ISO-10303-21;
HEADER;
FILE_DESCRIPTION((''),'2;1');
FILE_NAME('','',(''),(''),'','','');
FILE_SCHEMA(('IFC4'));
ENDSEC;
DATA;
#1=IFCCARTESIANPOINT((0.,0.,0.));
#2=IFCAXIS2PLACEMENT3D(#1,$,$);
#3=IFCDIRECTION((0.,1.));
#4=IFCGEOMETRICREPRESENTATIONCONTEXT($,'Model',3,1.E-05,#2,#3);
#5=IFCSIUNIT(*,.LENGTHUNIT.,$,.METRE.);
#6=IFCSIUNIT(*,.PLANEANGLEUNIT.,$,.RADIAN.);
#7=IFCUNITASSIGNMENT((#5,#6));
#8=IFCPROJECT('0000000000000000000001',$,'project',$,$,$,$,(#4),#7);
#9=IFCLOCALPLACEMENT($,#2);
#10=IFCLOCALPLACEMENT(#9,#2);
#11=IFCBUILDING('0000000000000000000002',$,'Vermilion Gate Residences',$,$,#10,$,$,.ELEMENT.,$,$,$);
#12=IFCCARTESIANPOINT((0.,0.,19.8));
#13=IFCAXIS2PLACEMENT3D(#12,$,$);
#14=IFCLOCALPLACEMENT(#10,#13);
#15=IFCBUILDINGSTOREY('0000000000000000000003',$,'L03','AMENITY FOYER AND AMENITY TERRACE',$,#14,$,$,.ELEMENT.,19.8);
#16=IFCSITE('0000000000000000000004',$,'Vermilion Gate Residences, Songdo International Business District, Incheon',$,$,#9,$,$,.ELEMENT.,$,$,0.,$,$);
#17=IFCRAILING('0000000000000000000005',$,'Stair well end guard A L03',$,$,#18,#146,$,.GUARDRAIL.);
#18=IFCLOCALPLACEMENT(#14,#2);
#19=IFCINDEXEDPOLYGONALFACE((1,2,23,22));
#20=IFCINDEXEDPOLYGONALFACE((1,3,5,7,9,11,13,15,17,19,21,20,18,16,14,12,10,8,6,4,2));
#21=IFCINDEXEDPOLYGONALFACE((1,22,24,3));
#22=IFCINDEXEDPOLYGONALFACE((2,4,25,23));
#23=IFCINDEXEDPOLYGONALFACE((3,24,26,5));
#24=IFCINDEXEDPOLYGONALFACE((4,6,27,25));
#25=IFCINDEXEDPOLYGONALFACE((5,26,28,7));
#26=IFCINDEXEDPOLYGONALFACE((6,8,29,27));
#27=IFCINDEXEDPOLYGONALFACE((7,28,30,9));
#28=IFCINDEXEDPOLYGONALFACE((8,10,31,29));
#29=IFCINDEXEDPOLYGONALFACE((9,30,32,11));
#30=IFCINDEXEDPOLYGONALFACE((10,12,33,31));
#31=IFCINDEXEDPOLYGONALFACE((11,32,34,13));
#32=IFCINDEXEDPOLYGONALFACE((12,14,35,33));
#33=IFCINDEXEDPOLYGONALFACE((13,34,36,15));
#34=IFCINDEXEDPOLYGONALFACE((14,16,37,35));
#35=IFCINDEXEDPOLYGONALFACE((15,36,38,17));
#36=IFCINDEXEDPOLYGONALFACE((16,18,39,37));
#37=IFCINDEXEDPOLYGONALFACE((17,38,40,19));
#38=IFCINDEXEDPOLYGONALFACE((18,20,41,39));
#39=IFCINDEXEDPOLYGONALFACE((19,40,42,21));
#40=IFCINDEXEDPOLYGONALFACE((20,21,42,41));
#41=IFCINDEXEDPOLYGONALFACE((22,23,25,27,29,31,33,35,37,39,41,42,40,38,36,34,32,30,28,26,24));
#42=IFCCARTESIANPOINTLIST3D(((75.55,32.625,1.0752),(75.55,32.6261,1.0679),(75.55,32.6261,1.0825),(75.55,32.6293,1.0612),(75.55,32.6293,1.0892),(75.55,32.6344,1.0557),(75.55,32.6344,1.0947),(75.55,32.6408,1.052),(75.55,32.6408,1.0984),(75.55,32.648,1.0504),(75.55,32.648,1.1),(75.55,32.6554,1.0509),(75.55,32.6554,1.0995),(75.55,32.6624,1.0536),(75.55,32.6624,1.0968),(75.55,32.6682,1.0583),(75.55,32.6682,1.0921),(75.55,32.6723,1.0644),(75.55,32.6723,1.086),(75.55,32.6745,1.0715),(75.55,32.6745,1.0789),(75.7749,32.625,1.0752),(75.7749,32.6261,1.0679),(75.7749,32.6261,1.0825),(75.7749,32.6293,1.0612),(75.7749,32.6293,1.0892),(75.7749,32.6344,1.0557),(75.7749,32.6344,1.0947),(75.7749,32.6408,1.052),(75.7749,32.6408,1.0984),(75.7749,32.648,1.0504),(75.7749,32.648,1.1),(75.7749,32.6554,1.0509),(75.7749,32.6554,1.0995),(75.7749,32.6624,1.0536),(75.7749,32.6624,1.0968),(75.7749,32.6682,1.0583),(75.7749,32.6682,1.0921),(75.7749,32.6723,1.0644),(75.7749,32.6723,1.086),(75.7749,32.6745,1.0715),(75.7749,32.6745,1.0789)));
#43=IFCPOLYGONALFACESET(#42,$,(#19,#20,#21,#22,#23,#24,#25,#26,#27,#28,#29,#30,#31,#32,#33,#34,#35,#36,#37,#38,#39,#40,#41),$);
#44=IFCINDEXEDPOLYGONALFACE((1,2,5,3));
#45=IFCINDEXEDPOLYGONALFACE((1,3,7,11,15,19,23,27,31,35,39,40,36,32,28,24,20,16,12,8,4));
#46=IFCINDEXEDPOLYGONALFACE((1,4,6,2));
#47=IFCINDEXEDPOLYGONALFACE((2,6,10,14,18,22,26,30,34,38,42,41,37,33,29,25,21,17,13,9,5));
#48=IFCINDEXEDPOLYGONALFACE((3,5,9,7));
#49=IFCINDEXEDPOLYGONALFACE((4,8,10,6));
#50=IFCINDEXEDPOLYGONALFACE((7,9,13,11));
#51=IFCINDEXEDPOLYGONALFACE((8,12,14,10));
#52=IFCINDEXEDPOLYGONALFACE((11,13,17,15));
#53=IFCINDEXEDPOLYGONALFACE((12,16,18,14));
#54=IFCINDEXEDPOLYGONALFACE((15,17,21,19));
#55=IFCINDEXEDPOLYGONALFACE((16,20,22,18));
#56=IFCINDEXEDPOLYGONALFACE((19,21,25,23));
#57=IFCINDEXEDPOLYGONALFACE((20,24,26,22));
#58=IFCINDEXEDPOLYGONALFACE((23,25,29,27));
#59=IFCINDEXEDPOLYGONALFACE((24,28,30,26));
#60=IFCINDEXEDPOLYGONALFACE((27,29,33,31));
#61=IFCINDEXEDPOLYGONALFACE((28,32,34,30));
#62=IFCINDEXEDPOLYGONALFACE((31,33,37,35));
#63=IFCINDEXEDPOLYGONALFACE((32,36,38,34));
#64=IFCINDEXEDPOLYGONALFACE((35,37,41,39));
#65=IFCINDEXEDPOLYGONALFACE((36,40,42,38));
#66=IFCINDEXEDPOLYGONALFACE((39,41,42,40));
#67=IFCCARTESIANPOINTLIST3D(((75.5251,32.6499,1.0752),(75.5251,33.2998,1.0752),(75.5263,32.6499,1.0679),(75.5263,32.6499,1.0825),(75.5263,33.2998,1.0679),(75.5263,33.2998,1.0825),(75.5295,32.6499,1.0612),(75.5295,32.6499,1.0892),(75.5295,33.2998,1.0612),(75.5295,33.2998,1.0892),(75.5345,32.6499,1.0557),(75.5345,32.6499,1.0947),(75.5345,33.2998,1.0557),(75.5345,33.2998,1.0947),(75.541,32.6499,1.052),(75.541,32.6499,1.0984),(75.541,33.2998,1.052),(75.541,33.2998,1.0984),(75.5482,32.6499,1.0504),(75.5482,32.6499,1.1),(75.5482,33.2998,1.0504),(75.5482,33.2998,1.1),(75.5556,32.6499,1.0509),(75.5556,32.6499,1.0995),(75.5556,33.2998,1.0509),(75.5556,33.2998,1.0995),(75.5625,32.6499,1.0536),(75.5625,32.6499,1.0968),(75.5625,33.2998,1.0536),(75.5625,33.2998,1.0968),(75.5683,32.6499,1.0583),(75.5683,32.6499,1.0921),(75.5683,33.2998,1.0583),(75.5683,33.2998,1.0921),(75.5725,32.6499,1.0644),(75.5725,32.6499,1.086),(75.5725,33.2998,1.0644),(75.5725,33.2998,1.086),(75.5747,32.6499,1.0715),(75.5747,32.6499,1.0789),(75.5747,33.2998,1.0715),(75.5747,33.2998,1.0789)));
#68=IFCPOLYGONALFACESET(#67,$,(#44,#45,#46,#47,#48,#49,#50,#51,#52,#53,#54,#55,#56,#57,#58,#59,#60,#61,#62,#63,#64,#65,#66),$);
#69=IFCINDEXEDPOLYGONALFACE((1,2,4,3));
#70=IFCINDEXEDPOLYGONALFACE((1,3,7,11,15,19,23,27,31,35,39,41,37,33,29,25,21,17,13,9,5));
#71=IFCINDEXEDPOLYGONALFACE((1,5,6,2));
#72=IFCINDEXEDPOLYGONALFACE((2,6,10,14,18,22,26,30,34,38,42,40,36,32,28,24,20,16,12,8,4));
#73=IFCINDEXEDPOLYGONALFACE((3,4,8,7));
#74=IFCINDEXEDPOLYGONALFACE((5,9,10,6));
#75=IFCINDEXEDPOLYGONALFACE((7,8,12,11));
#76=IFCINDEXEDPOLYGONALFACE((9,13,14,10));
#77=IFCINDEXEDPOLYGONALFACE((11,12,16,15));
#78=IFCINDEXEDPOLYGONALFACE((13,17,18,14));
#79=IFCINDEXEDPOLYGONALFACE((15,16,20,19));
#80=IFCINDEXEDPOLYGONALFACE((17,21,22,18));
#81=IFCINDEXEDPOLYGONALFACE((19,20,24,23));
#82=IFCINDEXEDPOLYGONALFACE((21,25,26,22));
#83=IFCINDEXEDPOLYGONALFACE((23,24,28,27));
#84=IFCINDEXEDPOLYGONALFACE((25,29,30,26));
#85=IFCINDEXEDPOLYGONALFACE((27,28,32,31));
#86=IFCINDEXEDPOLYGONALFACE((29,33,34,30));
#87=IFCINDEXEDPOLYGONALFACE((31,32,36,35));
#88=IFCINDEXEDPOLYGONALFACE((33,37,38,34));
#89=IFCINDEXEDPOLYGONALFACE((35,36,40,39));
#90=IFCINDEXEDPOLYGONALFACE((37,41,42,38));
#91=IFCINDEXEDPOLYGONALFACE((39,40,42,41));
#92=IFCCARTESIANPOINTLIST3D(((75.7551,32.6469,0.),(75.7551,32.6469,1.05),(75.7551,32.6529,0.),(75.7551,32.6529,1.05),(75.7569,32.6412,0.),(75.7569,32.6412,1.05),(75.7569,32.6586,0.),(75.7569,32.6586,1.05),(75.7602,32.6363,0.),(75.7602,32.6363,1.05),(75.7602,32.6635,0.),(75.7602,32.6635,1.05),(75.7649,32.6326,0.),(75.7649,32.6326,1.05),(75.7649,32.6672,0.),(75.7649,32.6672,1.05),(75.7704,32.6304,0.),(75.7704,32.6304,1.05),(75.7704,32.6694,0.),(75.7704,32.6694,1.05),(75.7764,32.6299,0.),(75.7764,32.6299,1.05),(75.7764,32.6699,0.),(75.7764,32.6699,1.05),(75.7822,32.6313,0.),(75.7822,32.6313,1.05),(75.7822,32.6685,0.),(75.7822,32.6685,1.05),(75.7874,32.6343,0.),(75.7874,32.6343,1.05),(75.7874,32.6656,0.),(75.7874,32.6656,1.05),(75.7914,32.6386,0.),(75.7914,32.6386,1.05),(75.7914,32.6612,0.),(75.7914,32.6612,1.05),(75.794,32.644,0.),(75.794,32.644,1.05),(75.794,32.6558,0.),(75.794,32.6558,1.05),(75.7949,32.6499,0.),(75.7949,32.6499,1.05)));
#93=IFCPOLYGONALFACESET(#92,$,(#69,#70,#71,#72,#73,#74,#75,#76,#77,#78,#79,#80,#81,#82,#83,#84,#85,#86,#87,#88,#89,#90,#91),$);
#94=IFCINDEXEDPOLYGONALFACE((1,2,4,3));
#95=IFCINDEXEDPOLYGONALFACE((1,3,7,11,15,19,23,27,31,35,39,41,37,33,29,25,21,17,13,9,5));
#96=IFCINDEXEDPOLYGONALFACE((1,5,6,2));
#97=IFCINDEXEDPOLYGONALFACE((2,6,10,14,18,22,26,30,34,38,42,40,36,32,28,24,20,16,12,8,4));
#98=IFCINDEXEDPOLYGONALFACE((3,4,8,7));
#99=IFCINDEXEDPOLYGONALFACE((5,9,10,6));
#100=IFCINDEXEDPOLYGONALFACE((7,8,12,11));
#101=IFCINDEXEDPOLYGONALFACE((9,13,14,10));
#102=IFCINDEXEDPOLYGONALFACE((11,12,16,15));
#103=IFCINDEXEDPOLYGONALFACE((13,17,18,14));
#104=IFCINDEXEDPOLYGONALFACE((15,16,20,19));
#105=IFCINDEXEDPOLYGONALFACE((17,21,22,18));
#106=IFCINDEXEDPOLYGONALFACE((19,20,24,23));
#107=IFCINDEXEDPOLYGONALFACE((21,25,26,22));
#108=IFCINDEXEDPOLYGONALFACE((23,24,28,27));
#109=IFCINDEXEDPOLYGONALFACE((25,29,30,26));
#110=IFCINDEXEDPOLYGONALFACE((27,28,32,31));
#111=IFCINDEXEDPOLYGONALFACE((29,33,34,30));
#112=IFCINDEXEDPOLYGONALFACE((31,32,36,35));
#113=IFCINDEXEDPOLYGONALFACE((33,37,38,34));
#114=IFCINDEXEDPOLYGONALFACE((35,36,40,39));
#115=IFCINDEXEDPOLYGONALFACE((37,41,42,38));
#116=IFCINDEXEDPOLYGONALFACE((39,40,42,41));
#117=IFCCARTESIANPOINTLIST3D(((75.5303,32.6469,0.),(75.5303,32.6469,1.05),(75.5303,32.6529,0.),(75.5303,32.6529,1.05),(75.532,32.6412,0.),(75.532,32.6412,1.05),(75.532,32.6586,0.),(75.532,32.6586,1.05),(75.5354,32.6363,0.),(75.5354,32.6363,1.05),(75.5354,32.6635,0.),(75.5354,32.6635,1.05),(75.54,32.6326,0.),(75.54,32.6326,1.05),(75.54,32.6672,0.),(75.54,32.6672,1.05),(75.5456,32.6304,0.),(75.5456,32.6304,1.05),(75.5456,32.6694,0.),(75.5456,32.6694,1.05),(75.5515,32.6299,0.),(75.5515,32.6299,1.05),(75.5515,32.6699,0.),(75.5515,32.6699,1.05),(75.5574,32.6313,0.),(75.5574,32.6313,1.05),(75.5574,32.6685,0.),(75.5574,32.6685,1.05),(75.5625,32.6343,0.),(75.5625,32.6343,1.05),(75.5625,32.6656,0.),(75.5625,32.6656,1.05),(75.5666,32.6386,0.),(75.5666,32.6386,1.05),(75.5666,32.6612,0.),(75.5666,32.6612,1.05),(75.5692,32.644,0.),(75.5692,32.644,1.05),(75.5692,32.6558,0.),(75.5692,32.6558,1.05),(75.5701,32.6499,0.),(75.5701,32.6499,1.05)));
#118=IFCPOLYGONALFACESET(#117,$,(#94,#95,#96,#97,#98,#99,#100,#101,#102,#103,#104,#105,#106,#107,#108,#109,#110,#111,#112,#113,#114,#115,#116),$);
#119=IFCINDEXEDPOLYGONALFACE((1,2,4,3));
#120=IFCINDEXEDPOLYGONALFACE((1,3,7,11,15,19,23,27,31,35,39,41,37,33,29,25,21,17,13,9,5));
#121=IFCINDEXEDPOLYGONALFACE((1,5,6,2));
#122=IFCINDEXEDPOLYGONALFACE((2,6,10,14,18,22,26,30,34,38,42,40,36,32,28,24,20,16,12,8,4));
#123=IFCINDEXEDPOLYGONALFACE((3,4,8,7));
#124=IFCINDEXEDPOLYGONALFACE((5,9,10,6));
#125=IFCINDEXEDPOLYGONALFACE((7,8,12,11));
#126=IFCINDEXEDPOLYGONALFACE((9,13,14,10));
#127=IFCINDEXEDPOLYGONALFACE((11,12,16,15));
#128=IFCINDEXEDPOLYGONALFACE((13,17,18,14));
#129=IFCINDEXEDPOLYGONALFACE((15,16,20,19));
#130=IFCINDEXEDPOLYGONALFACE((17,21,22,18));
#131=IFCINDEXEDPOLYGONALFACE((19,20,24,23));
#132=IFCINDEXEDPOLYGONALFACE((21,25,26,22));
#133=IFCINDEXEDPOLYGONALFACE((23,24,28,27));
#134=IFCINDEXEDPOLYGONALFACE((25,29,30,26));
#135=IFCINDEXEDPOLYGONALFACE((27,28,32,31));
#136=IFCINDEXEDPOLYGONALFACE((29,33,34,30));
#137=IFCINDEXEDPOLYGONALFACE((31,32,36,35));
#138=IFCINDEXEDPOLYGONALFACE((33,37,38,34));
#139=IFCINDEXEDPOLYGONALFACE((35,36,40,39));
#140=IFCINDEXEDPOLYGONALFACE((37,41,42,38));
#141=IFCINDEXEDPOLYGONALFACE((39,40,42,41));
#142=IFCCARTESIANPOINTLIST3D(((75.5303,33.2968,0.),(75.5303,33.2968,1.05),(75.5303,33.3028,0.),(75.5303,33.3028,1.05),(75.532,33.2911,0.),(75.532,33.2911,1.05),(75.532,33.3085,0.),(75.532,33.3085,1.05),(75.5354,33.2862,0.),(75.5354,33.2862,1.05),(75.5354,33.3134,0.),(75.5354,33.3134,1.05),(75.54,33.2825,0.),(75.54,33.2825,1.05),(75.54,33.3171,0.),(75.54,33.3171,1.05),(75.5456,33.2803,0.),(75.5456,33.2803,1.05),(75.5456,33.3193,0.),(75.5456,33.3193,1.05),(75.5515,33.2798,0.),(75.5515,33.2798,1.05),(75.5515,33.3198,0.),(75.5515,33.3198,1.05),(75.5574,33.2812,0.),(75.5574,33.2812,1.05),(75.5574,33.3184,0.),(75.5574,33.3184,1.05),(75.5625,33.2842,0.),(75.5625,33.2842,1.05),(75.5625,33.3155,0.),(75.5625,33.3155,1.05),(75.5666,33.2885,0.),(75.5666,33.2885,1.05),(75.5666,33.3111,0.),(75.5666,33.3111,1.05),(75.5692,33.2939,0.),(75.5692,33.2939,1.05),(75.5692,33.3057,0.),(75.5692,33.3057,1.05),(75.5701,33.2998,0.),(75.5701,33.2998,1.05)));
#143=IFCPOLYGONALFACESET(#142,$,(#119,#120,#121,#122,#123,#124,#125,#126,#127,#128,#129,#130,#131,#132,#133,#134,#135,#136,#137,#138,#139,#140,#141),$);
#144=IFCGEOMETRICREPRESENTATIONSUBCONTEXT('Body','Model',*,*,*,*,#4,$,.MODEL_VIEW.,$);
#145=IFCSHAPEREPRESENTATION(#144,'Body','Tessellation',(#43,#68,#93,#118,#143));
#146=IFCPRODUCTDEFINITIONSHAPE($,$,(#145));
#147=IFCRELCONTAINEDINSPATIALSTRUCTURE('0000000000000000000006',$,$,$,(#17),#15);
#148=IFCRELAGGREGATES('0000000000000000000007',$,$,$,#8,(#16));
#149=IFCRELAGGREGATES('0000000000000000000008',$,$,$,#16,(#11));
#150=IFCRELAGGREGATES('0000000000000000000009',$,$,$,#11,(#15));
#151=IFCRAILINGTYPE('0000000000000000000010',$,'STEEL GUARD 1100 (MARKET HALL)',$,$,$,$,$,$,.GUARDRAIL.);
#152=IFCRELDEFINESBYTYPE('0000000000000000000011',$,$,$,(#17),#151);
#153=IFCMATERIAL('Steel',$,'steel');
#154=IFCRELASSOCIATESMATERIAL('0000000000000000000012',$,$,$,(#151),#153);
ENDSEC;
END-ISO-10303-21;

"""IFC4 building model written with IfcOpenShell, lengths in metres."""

from ifc_helpers import new_model, si_unit, direction, frame, origin, origin_2d, place, context, subcontext, project, spatial, circle, extrude, material, type_object, element, save


model = new_model("IFC4")

# Units and contexts
model_context = context("Model", 3, precision=1e-05, world=origin(), true_north=direction((0.0, 1.0)))
body_context = subcontext(model_context, "Body", "Model", "MODEL_VIEW")
ifc_project = project(units=[si_unit("LENGTHUNIT", "METRE"), si_unit("PLANEANGLEUNIT", "RADIAN")], contexts=[model_context])

# Site, building, storey
site_placement = place(None, origin())
site = spatial("IfcSite", under=ifc_project, at=site_placement, Name="Vermilion Gate Residences, Songdo International Business District, Incheon", CompositionType="ELEMENT", RefElevation=0.0)
building_placement = place(site_placement, origin())
building = spatial("IfcBuilding", under=site, at=building_placement, Name="Vermilion Gate Residences", CompositionType="ELEMENT")
storey_placement = place(building_placement, frame((0.0, 0.0, 19.8)))
storey = spatial("IfcBuildingStorey", under=building, at=storey_placement, Name="L03", Description="AMENITY FOYER AND AMENITY TERRACE", CompositionType="ELEMENT", Elevation=19.8)

# Railing
ifc_material_1 = material(Name="Steel", Category="steel")
railing_type_1 = type_object("IfcRailingType", Name="STEEL GUARD 1100 (MARKET HALL)", PredefinedType="GUARDRAIL", material=ifc_material_1)
railing_placement = place(storey_placement, frame((75.7749, 32.6499, 0.0)))
element("IfcRailing", 1, at=railing_placement, inside=storey, type_object=railing_type_1, Name="Stair well end guard A L03", PredefinedType="GUARDRAIL", context=body_context, shape_type="SweptSolid", body=[
    extrude(circle(Radius=0.0249, at=origin_2d()), frame((0.0, 0.0, 1.0752), z_axis=(-1.0, 0.0, 0.0), x_axis=(0.0, -1.0, 0.0)), (0.0, 0.0, 1.0), 0.2249),
    extrude(circle(Radius=0.0249, at=origin_2d()), frame((-0.2249, 0.0, 1.0752), z_axis=(0.0, 1.0, 0.0), x_axis=(-1.0, 0.0, 0.0)), (0.0, 0.0, 1.0), 0.6499),
    extrude(circle(Radius=0.02, at=origin_2d()), origin(), (0.0, 0.0, 1.0), 1.05),
    extrude(circle(Radius=0.02, at=origin_2d()), frame((-0.2249, 0.0, 0.0)), (0.0, 0.0, 1.0), 1.05),
    extrude(circle(Radius=0.02, at=origin_2d()), frame((-0.2249, 0.6499, 0.0)), (0.0, 0.0, 1.0), 1.05),
])

save(model, "model.ifc")
